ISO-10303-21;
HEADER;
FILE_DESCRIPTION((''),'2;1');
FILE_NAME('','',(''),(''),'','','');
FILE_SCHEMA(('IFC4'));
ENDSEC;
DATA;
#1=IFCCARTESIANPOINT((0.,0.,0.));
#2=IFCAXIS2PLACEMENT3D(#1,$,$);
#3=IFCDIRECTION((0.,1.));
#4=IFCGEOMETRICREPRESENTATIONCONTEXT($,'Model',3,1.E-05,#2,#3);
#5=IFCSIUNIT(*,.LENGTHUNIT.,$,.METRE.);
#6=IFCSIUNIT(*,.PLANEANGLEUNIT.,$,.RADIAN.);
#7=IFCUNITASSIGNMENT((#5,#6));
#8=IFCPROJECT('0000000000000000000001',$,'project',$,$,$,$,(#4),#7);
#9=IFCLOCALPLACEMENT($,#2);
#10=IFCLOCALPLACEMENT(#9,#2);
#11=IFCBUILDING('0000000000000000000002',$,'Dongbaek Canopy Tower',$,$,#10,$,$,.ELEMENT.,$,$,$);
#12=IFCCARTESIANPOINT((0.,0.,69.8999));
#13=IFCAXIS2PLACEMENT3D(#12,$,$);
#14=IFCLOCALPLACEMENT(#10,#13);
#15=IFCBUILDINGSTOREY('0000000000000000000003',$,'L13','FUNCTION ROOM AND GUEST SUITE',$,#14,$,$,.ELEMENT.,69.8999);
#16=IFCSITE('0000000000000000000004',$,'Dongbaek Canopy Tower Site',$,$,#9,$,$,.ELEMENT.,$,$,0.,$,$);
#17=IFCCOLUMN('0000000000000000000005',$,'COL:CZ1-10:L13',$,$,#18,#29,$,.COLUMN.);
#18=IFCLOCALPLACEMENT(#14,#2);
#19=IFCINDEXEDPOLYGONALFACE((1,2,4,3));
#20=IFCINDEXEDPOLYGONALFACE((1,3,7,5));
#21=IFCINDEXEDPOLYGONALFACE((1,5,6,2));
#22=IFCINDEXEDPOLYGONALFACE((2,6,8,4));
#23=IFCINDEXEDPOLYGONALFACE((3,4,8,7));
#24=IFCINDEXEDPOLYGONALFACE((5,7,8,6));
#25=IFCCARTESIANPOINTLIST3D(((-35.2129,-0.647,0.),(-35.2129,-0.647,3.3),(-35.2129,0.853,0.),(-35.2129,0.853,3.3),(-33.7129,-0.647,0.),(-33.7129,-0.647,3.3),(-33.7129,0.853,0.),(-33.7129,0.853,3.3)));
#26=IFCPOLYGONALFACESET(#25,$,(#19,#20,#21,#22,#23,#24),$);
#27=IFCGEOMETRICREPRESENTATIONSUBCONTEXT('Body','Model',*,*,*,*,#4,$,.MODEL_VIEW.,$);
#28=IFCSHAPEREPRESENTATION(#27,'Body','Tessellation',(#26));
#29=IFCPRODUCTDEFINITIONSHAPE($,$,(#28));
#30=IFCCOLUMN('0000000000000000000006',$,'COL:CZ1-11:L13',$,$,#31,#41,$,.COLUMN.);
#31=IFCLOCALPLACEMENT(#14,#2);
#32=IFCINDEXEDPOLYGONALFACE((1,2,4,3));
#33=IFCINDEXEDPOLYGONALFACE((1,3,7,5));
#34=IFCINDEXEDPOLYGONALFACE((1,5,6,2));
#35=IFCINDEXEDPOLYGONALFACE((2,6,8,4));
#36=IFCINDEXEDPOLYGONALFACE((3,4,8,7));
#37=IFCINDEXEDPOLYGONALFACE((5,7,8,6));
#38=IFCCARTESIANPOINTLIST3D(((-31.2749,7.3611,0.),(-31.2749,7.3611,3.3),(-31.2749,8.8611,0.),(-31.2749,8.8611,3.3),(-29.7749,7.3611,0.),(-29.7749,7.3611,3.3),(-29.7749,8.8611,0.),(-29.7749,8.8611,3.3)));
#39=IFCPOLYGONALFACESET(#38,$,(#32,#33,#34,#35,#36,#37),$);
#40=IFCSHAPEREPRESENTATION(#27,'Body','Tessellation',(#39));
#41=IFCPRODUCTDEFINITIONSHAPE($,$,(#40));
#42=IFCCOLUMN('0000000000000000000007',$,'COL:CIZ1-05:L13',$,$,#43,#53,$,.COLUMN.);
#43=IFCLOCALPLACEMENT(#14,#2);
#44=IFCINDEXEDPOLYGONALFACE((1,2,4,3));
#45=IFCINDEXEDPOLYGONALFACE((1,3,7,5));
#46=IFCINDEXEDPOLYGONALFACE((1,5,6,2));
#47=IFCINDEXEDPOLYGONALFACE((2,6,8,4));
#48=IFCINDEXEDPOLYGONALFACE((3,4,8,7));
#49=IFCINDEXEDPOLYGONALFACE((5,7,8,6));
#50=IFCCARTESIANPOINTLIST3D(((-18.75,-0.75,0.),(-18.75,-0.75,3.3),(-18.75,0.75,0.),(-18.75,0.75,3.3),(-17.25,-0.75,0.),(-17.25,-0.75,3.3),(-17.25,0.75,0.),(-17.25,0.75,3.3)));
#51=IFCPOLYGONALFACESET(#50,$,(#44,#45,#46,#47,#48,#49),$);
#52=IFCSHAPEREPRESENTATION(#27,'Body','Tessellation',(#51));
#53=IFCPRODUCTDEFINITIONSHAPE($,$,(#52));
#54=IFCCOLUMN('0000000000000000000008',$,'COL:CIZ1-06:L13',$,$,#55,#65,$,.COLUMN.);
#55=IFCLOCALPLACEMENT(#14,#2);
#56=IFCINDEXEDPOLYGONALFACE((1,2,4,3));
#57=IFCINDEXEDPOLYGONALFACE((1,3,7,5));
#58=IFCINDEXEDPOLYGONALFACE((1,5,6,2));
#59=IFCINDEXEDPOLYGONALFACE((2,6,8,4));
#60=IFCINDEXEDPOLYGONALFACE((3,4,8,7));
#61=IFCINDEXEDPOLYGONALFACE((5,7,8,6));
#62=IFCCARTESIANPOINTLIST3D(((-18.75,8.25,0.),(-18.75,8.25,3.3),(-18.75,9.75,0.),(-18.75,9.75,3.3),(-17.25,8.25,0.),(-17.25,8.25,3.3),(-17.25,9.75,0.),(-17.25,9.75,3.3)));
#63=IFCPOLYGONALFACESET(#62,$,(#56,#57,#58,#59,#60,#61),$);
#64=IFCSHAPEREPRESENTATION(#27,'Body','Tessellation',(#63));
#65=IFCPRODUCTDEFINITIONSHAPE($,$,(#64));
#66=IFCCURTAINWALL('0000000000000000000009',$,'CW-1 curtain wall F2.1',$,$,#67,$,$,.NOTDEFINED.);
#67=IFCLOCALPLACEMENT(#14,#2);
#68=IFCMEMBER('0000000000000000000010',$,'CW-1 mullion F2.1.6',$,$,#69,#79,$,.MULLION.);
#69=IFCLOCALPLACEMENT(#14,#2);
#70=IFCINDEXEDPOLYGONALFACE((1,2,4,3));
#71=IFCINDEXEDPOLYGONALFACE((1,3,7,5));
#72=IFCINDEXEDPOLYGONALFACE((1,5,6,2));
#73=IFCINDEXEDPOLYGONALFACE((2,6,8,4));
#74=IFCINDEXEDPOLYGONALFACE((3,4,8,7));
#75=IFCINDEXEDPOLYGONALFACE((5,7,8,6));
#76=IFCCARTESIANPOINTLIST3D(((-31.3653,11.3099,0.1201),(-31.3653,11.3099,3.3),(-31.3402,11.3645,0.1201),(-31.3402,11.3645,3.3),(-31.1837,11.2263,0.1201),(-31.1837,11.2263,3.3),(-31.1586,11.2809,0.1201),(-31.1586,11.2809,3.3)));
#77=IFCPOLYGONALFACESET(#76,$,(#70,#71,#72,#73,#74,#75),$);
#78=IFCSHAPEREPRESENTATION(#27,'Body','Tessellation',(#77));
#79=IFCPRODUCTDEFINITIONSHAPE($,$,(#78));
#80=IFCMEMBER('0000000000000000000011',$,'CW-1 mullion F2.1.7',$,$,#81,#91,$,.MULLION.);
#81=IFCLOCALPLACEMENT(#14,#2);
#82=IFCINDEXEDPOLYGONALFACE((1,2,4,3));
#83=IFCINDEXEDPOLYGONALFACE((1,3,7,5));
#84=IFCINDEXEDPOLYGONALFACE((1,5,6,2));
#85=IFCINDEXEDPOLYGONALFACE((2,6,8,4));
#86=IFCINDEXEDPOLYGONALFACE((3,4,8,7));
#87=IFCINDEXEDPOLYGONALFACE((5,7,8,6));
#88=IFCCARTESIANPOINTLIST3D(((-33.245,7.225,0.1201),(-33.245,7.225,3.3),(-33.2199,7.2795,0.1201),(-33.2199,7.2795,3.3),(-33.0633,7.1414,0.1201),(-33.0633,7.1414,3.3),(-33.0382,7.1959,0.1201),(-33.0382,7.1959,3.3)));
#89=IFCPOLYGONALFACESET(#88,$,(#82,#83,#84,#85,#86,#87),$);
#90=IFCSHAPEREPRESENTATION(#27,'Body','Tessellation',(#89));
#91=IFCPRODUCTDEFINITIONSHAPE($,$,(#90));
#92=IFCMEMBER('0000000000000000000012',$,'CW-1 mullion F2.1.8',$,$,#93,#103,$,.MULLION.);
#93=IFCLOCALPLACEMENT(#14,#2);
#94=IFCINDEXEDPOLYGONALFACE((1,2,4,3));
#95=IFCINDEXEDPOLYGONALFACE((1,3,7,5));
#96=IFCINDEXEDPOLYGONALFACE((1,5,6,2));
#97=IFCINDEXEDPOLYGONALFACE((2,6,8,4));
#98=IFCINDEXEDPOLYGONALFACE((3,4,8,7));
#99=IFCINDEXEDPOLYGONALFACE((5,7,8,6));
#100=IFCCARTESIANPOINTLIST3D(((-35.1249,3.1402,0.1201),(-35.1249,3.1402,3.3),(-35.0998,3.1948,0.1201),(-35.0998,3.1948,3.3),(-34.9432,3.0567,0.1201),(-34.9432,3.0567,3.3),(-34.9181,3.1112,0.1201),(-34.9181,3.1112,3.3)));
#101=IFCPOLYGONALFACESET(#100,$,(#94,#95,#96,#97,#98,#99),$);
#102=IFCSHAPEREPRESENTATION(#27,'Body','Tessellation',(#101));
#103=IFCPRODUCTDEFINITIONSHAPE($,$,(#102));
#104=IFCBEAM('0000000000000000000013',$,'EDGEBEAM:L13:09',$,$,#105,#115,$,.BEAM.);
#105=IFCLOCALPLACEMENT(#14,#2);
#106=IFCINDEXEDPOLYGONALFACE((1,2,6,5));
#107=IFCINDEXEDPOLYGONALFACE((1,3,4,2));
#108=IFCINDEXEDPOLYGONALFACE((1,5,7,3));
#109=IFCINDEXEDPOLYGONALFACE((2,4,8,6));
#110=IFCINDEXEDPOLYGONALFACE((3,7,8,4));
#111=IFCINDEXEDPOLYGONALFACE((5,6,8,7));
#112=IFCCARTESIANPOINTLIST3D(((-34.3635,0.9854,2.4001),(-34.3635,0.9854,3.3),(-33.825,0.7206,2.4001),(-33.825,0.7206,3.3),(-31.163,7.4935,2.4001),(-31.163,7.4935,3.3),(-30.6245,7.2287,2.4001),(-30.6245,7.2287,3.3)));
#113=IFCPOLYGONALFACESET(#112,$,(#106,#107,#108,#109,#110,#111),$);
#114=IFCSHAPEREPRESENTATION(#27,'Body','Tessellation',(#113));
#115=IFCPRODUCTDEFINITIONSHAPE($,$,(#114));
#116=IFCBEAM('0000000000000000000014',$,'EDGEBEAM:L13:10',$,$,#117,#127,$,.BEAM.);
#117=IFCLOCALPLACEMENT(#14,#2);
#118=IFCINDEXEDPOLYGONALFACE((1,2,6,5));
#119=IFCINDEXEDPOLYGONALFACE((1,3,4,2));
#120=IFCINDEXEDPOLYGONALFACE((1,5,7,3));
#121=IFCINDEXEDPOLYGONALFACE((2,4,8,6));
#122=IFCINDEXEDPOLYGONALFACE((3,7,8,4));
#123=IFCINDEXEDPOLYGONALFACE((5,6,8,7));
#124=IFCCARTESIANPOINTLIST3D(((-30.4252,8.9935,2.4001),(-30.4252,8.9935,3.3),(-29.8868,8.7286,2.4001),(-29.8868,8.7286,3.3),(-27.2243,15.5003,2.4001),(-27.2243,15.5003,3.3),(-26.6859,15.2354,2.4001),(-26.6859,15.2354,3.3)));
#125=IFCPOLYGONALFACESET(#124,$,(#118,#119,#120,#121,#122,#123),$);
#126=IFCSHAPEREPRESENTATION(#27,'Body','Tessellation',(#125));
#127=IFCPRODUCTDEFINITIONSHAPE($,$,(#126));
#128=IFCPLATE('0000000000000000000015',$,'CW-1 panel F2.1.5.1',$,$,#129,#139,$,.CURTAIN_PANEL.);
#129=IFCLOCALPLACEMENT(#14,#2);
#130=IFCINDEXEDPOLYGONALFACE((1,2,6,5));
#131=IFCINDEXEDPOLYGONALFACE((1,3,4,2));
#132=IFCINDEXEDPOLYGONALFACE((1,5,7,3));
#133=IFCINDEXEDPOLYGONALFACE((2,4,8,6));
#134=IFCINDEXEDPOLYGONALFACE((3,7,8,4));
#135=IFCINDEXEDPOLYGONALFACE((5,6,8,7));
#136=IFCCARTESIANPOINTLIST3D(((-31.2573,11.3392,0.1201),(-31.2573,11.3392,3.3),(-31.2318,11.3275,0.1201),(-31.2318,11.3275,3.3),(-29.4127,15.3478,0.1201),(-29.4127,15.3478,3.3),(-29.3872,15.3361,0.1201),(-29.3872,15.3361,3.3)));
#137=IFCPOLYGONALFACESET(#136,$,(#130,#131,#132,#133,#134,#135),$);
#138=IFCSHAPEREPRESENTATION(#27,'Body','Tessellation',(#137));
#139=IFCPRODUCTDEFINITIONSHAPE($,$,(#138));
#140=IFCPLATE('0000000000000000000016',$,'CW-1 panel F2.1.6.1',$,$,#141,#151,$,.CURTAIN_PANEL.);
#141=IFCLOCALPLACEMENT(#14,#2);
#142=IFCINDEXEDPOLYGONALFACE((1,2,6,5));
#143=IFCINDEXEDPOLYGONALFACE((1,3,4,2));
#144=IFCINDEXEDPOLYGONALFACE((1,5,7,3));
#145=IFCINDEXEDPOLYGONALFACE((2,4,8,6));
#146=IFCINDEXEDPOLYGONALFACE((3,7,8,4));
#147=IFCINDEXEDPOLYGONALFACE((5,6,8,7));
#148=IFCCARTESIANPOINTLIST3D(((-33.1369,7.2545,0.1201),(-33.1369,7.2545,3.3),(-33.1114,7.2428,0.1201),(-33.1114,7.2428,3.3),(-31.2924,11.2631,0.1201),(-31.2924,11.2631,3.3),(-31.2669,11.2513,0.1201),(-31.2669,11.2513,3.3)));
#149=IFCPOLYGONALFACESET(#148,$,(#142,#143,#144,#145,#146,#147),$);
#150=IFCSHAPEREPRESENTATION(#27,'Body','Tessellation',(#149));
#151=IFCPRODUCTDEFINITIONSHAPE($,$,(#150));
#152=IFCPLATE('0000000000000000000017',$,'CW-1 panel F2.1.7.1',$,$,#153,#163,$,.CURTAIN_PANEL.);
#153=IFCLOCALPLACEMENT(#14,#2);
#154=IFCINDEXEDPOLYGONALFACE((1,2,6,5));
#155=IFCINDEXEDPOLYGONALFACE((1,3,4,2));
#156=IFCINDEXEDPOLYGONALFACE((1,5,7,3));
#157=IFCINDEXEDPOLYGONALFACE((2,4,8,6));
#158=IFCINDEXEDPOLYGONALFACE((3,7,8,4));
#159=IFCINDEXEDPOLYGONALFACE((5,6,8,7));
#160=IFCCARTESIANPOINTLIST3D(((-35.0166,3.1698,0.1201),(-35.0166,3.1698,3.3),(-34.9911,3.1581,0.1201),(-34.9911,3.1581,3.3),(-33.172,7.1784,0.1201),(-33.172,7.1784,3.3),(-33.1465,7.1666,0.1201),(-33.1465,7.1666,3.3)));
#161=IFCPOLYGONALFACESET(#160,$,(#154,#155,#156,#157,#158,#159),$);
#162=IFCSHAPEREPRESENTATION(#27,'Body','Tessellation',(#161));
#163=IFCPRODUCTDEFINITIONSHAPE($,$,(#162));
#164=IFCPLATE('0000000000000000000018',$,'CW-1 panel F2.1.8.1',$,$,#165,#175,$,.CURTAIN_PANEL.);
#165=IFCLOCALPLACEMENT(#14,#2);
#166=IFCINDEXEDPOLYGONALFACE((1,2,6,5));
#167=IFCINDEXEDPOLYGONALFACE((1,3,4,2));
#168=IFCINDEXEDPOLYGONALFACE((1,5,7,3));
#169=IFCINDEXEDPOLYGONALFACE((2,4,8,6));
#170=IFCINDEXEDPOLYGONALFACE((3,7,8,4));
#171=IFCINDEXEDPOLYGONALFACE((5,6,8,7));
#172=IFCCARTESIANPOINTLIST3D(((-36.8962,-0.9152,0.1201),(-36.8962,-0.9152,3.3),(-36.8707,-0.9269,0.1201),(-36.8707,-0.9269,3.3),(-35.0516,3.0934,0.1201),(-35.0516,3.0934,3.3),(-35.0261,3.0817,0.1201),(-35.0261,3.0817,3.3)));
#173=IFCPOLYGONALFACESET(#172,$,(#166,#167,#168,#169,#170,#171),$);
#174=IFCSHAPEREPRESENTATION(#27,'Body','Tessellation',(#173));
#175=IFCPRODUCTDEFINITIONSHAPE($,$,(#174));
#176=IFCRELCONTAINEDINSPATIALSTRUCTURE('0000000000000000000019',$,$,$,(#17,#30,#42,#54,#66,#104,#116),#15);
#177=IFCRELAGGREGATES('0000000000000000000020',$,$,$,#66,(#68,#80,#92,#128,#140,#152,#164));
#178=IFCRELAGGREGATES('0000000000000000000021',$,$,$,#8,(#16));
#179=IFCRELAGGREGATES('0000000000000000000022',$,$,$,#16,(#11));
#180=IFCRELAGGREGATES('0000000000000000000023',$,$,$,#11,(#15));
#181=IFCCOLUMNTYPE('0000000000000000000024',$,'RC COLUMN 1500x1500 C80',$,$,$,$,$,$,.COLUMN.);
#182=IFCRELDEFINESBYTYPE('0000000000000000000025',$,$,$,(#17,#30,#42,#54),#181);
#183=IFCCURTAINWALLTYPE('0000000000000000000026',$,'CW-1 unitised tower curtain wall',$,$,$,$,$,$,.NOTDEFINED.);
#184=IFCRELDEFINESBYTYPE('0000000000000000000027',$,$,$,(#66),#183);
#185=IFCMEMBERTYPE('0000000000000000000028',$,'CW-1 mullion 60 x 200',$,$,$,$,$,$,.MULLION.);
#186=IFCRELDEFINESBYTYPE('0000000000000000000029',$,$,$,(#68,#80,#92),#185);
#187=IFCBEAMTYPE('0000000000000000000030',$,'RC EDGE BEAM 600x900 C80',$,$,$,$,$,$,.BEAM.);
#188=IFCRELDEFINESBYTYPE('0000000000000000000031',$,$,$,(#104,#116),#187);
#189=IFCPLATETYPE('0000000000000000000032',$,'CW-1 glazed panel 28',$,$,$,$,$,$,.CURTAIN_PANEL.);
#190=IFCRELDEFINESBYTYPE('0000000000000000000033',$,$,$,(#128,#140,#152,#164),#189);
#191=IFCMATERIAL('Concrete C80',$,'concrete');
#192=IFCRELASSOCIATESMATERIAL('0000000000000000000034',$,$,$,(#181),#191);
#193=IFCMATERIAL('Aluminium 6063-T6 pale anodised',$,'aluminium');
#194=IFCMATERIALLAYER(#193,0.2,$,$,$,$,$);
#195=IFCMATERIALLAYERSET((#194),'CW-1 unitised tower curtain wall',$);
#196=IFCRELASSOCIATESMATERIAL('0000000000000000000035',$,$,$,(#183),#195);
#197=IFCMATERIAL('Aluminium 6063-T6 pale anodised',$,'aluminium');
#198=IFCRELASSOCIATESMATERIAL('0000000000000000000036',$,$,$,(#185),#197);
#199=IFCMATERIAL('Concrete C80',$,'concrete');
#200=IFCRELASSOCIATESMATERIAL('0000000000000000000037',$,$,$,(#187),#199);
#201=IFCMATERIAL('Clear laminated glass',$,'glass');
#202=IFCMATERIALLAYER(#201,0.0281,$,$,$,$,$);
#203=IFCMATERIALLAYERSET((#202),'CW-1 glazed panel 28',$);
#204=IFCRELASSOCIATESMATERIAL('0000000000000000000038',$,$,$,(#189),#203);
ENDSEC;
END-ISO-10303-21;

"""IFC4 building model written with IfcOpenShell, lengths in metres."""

from ifc_helpers import new_model, si_unit, direction, frame, origin, origin_2d, place, context, subcontext, project, spatial, rectangle, extrude, material, layer, layer_set, material_profile, profile_set, type_object, element, aggregate, save


model = new_model("IFC4")

# Units and contexts
model_context = context("Model", 3, precision=1e-05, world=origin(), true_north=direction((0.0, 1.0)))
body_context = subcontext(model_context, "Body", "Model", "MODEL_VIEW")
ifc_project = project(units=[si_unit("LENGTHUNIT", "METRE"), si_unit("PLANEANGLEUNIT", "RADIAN")], contexts=[model_context])

# Site, building, storey
site_placement = place(None, origin())
site = spatial("IfcSite", under=ifc_project, at=site_placement, Name="Dongbaek Canopy Tower Site", CompositionType="ELEMENT", RefElevation=0.0)
building_placement = place(site_placement, origin())
building = spatial("IfcBuilding", under=site, at=building_placement, Name="Dongbaek Canopy Tower", CompositionType="ELEMENT")
storey_placement = place(building_placement, frame((0.0, 0.0, 69.8999)))
storey = spatial("IfcBuildingStorey", under=building, at=storey_placement, Name="L13", Description="FUNCTION ROOM AND GUEST SUITE", CompositionType="ELEMENT", Elevation=69.8999)

# Columns
ifc_material_1 = material(Name="Concrete C80", Category="concrete")
ifc_material_profile_1 = material_profile(ifc_material_1, rectangle(XDim=1.5, YDim=1.5, at=origin_2d()), Name="RC COLUMN 1500x1500 C80")
ifc_profile_set_1 = profile_set([ifc_material_profile_1], Name="Concrete C80")
column_type = type_object("IfcColumnType", Name="RC COLUMN 1500x1500 C80", PredefinedType="COLUMN", material=ifc_profile_set_1)
for number, where, z_axis, x_axis, name in (
    (1, (-34.4629, 0.103, 0.0), (0.0, 0.0, 1.0), (1.0, 0.0, 0.0), "COL:CZ1-10:L13"),
    (2, (-30.5249, 8.1111, 0.0), (0.0, 0.0, 1.0), (1.0, 0.0, 0.0), "COL:CZ1-11:L13"),
    (3, (-18.0, 0.0, 0.0), (0.0, 0.0, 1.0), (1.0, 0.0, 0.0), "COL:CIZ1-05:L13"),
    (4, (-18.0, 9.0, 0.0), (0.0, 0.0, 1.0), (1.0, 0.0, 0.0), "COL:CIZ1-06:L13"),
):
    element("IfcColumn", number, at=place(storey_placement, frame(where, z_axis=z_axis, x_axis=x_axis)), inside=storey, type_object=column_type, Name=name, PredefinedType="COLUMN", context=body_context, shape_type="SweptSolid", body=[
        extrude(rectangle(XDim=1.5, YDim=1.5, at=origin_2d()), origin(), (0.0, 0.0, 1.0), 3.3),
    ])

# Curtain wall, members
ifc_material_2 = material(Name="Aluminium 6063-T6 pale anodised", Category="aluminium")
ifc_layer_1 = layer(ifc_material_2, 0.2)
ifc_layer_set_1 = layer_set([ifc_layer_1], Name="CW-1 unitised tower curtain wall")
curtain_wall_type = type_object("IfcCurtainWallType", Name="CW-1 unitised tower curtain wall", PredefinedType="NOTDEFINED", material=ifc_layer_set_1)
curtain_wall_placement = place(storey_placement, origin())
curtain_wall = element("IfcCurtainWall", 5, at=curtain_wall_placement, inside=storey, type_object=curtain_wall_type, Name="CW-1 curtain wall F2.1", PredefinedType="NOTDEFINED")
ifc_material_3 = material(Name="Aluminium 6063-T6 pale anodised", Category="aluminium")
ifc_material_profile_2 = material_profile(ifc_material_3, rectangle(XDim=0.2, YDim=0.0601, at=origin_2d()), Name="CW-1 mullion 60 x 200")
ifc_profile_set_2 = profile_set([ifc_material_profile_2], Name="Aluminium 6063-T6 pale anodised")
member_type = type_object("IfcMemberType", Name="CW-1 mullion 60 x 200", PredefinedType="MULLION", material=ifc_profile_set_2)
member_1_placement = place(storey_placement, frame((-31.262, 11.2954, 0.1201), z_axis=(0.0, 0.0, 1.0), x_axis=(-0.908436, 0.418025, 0.0)))
member_1 = element("IfcMember", 6, at=member_1_placement, type_object=member_type, Name="CW-1 mullion F2.1.6", PredefinedType="MULLION", context=body_context, shape_type="SweptSolid", body=[
    extrude(rectangle(XDim=0.2, YDim=0.0601, at=origin_2d()), origin(), (0.0, 0.0, 1.0), 3.1799),
])
member_2_placement = place(storey_placement, frame((-33.1416, 7.2104, 0.1201), z_axis=(0.0, 0.0, 1.0), x_axis=(-0.908436, 0.418025, 0.0)))
member_2 = element("IfcMember", 7, at=member_2_placement, type_object=member_type, Name="CW-1 mullion F2.1.7", PredefinedType="MULLION", context=body_context, shape_type="SweptSolid", body=[
    extrude(rectangle(XDim=0.2, YDim=0.0601, at=origin_2d()), origin(), (0.0, 0.0, 1.0), 3.1799),
])
member_3_placement = place(storey_placement, frame((-35.0215, 3.1257, 0.1201), z_axis=(0.0, 0.0, 1.0), x_axis=(-0.908436, 0.418025, 0.0)))
member_3 = element("IfcMember", 8, at=member_3_placement, type_object=member_type, Name="CW-1 mullion F2.1.8", PredefinedType="MULLION", context=body_context, shape_type="SweptSolid", body=[
    extrude(rectangle(XDim=0.2, YDim=0.0601, at=origin_2d()), origin(), (0.0, 0.0, 1.0), 3.1799),
])

# Beams
ifc_material_4 = material(Name="Concrete C80", Category="concrete")
ifc_material_profile_3 = material_profile(ifc_material_4, rectangle(XDim=0.6001, YDim=0.8999, at=origin_2d()), Name="RC EDGE BEAM 600x900 C80")
ifc_profile_set_3 = profile_set([ifc_material_profile_3], Name="Concrete C80")
beam_type = type_object("IfcBeamType", Name="RC EDGE BEAM 600x900 C80", PredefinedType="BEAM", material=ifc_profile_set_3)
beam_1_placement = place(storey_placement, frame((-34.0942, 0.853, 2.8501), z_axis=(0.441293, 0.897363, 0.0), x_axis=(-0.897363, 0.441293, 0.0)))
element("IfcBeam", 9, at=beam_1_placement, inside=storey, type_object=beam_type, Name="EDGEBEAM:L13:09", PredefinedType="BEAM", context=body_context, shape_type="SweptSolid", body=[
    extrude(rectangle(XDim=0.6001, YDim=0.8999, at=origin_2d()), origin(), (0.0, 0.0, 1.0), 7.2524),
])
beam_2_placement = place(storey_placement, frame((-30.156, 8.8611, 2.8501), z_axis=(0.441413, 0.897304, 0.0), x_axis=(-0.897304, 0.441413, 0.0)))
element("IfcBeam", 10, at=beam_2_placement, inside=storey, type_object=beam_type, Name="EDGEBEAM:L13:10", PredefinedType="BEAM", context=body_context, shape_type="SweptSolid", body=[
    extrude(rectangle(XDim=0.6001, YDim=0.8999, at=origin_2d()), origin(), (0.0, 0.0, 1.0), 7.2515),
])

# Plates
ifc_material_5 = material(Name="Clear laminated glass", Category="glass")
ifc_layer_2 = layer(ifc_material_5, 0.0281)
ifc_layer_set_2 = layer_set([ifc_layer_2], Name="CW-1 glazed panel 28")
plate_type = type_object("IfcPlateType", Name="CW-1 glazed panel 28", PredefinedType="CURTAIN_PANEL", material=ifc_layer_set_2)
plate_1_placement = place(storey_placement, frame((-30.3223, 13.3376, 0.1201), z_axis=(0.0, 0.0, 1.0), x_axis=(-0.418025, -0.908436, 0.0)))
plate_1 = element("IfcPlate", 11, at=plate_1_placement, type_object=plate_type, Name="CW-1 panel F2.1.5.1", PredefinedType="CURTAIN_PANEL", context=body_context, shape_type="SweptSolid", body=[
    extrude(rectangle(XDim=4.4126, YDim=0.0281, at=origin_2d()), origin(), (0.0, 0.0, 1.0), 3.1799),
])
plate_2_placement = place(storey_placement, frame((-32.2019, 9.2529, 0.1201), z_axis=(0.0, 0.0, 1.0), x_axis=(-0.418025, -0.908436, 0.0)))
plate_2 = element("IfcPlate", 12, at=plate_2_placement, type_object=plate_type, Name="CW-1 panel F2.1.6.1", PredefinedType="CURTAIN_PANEL", context=body_context, shape_type="SweptSolid", body=[
    extrude(rectangle(XDim=4.4126, YDim=0.0281, at=origin_2d()), origin(), (0.0, 0.0, 1.0), 3.1799),
])
plate_3_placement = place(storey_placement, frame((-34.0815, 5.1682, 0.1201), z_axis=(0.0, 0.0, 1.0), x_axis=(-0.418025, -0.908436, 0.0)))
plate_3 = element("IfcPlate", 13, at=plate_3_placement, type_object=plate_type, Name="CW-1 panel F2.1.7.1", PredefinedType="CURTAIN_PANEL", context=body_context, shape_type="SweptSolid", body=[
    extrude(rectangle(XDim=4.4126, YDim=0.0281, at=origin_2d()), origin(), (0.0, 0.0, 1.0), 3.1799),
])
plate_4_placement = place(storey_placement, frame((-35.9612, 1.0833, 0.1201), z_axis=(0.0, 0.0, 1.0), x_axis=(-0.418025, -0.908436, 0.0)))
plate_4 = element("IfcPlate", 14, at=plate_4_placement, type_object=plate_type, Name="CW-1 panel F2.1.8.1", PredefinedType="CURTAIN_PANEL", context=body_context, shape_type="SweptSolid", body=[
    extrude(rectangle(XDim=4.4126, YDim=0.0281, at=origin_2d()), origin(), (0.0, 0.0, 1.0), 3.1799),
])

aggregate(curtain_wall, [member_1, member_2, member_3, plate_1, plate_2, plate_3, plate_4])

save(model, "model.ifc")
